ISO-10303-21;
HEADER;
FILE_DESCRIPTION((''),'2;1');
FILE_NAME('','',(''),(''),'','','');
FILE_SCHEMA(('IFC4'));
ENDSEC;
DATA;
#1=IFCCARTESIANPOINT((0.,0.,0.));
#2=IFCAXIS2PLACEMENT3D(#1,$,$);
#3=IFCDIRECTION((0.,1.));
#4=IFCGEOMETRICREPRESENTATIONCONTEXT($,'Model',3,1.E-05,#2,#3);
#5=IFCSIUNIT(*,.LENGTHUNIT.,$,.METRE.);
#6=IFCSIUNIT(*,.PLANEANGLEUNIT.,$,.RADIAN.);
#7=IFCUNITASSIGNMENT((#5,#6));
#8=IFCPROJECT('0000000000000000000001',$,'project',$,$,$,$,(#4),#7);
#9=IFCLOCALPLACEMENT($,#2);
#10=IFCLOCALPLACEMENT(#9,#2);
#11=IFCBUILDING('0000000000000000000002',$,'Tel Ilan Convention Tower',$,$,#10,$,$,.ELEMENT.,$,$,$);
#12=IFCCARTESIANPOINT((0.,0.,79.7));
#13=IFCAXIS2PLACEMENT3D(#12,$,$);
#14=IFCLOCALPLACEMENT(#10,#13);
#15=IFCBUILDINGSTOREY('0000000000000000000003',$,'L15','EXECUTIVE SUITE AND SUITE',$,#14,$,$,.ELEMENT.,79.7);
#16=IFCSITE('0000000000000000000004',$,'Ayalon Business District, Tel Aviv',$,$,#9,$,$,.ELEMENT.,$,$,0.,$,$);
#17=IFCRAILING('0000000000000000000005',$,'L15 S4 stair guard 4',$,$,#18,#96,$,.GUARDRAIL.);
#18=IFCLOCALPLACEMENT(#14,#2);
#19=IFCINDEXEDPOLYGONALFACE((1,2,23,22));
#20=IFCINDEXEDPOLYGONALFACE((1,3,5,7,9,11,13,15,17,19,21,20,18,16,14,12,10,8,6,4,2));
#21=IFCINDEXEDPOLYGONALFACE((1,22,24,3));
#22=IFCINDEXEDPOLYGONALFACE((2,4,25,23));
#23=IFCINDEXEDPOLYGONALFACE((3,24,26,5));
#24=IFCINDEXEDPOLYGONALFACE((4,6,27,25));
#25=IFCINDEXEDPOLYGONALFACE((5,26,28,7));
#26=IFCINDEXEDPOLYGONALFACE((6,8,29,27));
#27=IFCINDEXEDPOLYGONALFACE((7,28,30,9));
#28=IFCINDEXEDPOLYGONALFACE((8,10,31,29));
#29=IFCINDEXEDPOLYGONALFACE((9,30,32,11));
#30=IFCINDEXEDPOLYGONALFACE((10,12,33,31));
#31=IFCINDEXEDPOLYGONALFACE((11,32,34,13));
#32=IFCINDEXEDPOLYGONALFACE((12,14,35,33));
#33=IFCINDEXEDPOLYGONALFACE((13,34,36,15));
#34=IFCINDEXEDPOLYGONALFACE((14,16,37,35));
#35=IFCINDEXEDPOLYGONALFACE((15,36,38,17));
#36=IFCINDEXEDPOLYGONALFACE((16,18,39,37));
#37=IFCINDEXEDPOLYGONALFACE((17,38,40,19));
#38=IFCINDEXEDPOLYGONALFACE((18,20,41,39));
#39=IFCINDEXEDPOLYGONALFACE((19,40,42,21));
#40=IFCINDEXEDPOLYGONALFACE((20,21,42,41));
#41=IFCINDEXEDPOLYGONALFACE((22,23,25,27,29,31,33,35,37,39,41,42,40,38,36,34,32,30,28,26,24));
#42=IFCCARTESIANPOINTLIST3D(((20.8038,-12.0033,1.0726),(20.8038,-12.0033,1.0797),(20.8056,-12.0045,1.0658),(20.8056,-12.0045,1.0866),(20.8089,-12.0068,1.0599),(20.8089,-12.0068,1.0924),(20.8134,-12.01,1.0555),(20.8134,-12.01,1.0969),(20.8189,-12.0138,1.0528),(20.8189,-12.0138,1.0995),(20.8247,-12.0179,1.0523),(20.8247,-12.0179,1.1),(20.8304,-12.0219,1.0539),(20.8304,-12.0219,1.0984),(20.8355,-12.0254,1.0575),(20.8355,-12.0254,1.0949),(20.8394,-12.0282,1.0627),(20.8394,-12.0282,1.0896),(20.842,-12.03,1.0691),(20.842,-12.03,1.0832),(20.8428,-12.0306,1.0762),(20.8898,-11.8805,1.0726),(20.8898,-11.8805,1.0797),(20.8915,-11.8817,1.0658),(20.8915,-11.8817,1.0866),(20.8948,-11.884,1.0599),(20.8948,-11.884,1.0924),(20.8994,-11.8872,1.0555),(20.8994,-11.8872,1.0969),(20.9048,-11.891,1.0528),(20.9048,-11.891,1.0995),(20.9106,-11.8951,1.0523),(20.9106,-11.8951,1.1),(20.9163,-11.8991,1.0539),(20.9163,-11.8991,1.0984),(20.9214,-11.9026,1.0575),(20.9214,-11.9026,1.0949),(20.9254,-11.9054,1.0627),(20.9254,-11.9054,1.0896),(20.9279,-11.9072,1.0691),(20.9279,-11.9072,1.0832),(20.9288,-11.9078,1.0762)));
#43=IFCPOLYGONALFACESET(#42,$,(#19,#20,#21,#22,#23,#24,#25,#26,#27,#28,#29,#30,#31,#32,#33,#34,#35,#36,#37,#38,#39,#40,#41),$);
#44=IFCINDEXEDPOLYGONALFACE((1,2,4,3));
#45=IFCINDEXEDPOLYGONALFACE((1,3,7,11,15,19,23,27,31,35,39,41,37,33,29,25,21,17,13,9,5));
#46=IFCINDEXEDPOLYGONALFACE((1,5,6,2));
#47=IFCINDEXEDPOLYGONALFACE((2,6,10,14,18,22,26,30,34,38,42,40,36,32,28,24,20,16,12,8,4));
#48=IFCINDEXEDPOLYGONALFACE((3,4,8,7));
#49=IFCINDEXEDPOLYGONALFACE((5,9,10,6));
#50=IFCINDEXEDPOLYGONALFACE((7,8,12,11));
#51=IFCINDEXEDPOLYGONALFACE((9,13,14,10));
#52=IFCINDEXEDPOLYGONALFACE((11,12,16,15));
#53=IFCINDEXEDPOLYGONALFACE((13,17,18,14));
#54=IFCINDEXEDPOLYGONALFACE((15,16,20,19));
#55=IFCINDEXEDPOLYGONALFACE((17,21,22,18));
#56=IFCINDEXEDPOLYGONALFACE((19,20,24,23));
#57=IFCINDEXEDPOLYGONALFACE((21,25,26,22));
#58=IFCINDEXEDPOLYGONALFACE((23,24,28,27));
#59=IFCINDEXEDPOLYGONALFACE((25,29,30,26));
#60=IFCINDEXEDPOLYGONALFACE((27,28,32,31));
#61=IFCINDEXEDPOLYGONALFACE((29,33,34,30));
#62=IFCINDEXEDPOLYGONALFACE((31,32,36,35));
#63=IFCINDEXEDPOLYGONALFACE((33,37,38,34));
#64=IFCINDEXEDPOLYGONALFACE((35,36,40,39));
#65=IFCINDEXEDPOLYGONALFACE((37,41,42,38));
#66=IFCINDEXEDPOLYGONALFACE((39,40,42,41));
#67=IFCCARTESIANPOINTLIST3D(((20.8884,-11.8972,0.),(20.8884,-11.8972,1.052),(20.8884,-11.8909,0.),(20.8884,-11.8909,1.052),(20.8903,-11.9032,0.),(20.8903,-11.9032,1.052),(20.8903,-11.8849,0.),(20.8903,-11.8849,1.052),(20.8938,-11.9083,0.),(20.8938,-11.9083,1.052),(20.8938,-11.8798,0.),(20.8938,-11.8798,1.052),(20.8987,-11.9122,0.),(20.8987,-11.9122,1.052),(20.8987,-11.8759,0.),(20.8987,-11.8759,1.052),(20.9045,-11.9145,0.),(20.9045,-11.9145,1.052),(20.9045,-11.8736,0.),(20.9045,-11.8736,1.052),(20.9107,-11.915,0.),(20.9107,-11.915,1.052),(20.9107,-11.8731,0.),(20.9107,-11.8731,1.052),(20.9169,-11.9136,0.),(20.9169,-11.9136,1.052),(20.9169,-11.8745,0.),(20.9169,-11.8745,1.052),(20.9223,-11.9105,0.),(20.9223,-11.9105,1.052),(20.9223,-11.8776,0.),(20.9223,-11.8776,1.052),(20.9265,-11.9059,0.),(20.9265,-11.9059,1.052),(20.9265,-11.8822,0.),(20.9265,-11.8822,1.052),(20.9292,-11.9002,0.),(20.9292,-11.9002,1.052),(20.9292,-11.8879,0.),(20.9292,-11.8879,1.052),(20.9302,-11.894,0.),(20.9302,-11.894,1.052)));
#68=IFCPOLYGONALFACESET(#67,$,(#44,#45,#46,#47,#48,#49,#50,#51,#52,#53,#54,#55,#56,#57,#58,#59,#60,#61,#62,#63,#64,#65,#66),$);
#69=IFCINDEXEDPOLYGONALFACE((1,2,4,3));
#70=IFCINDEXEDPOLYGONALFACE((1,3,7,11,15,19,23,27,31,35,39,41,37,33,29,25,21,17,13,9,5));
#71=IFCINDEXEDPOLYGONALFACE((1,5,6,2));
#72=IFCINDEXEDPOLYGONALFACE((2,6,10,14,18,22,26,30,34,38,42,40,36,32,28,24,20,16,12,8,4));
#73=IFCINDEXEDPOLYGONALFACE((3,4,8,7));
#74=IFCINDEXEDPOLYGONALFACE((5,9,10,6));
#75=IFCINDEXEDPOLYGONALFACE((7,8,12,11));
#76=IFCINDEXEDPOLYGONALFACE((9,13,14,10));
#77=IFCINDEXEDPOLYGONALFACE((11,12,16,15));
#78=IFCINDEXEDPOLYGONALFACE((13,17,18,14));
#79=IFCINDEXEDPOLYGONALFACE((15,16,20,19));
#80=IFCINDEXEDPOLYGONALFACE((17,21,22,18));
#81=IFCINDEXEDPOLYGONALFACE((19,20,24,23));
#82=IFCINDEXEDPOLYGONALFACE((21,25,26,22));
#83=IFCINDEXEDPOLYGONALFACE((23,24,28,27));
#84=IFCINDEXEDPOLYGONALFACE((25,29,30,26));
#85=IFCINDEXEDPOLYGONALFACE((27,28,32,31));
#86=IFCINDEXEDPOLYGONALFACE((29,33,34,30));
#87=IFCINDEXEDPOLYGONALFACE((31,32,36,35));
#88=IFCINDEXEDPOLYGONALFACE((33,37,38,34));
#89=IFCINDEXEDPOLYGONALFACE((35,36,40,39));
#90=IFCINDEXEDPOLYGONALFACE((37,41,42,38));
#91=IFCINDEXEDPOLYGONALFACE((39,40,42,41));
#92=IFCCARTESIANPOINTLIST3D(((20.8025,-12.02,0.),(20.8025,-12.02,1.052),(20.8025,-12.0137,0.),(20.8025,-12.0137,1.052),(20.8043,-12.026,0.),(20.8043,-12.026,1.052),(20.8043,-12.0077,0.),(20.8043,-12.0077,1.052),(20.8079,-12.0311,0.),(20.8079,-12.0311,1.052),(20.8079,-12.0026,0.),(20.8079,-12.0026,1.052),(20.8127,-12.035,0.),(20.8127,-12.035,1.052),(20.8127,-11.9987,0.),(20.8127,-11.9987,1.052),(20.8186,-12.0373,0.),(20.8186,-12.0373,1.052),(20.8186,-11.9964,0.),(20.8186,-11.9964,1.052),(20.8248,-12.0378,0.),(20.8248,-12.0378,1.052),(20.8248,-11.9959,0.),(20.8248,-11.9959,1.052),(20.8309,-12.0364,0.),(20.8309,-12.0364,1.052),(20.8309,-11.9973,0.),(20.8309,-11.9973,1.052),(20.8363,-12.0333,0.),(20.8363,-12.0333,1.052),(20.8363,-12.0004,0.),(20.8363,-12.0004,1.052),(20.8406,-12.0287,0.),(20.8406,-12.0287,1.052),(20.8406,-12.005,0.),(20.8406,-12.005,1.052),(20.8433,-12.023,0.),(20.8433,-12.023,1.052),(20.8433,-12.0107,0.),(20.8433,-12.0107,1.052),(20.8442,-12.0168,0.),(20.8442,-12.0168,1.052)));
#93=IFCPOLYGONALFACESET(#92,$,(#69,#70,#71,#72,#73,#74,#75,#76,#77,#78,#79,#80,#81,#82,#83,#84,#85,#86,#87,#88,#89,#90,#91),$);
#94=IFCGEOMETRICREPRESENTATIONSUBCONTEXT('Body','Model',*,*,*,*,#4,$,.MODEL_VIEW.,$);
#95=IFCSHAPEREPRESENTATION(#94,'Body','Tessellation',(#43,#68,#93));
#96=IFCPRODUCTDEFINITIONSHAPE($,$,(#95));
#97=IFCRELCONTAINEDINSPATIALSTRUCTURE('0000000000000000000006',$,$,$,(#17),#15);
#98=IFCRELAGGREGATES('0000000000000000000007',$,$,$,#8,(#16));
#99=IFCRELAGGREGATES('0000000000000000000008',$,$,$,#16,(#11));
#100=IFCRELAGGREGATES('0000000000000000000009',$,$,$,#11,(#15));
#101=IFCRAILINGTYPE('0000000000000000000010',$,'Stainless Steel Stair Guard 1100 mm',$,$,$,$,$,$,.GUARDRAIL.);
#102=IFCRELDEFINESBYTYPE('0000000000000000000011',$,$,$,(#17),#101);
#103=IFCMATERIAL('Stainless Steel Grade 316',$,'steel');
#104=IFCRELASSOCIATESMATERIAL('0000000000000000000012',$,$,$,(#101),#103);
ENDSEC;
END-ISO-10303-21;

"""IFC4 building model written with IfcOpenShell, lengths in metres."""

from ifc_helpers import new_model, si_unit, direction, frame, origin, origin_2d, place, context, subcontext, project, spatial, circle, extrude, material, type_object, element, save


model = new_model("IFC4")

# Units and contexts
model_context = context("Model", 3, precision=1e-05, world=origin(), true_north=direction((0.0, 1.0)))
body_context = subcontext(model_context, "Body", "Model", "MODEL_VIEW")
ifc_project = project(units=[si_unit("LENGTHUNIT", "METRE"), si_unit("PLANEANGLEUNIT", "RADIAN")], contexts=[model_context])

# Site, building, storey
site_placement = place(None, origin())
site = spatial("IfcSite", under=ifc_project, at=site_placement, Name="Ayalon Business District, Tel Aviv", CompositionType="ELEMENT", RefElevation=0.0)
building_placement = place(site_placement, origin())
building = spatial("IfcBuilding", under=site, at=building_placement, Name="Tel Ilan Convention Tower", CompositionType="ELEMENT")
storey_placement = place(building_placement, frame((0.0, 0.0, 79.7)))
storey = spatial("IfcBuildingStorey", under=building, at=storey_placement, Name="L15", Description="EXECUTIVE SUITE AND SUITE", CompositionType="ELEMENT", Elevation=79.7)

# Railing
ifc_material_1 = material(Name="Stainless Steel Grade 316", Category="steel")
railing_type_1 = type_object("IfcRailingType", Name="Stainless Steel Stair Guard 1100 mm", PredefinedType="GUARDRAIL", material=ifc_material_1)
railing_1_placement = place(storey_placement, frame((20.9092, -11.894, 0.0)))
element("IfcRailing", 1, at=railing_1_placement, inside=storey, type_object=railing_type_1, Name="L15 S4 stair guard 4", PredefinedType="GUARDRAIL", context=body_context, shape_type="SweptSolid", body=[
    extrude(circle(Radius=0.0239, at=origin_2d()), frame((0.0, 0.0, 1.0762), z_axis=(-0.573353, -0.819308, 0.0), x_axis=(0.819308, -0.573353, 0.0)), (0.0, 0.0, 1.0), 0.1499),
    extrude(circle(Radius=0.021, at=origin_2d()), origin(), (0.0, 0.0, 1.0), 1.052),
    extrude(circle(Radius=0.021, at=origin_2d()), frame((-0.0859, -0.1228, 0.0)), (0.0, 0.0, 1.0), 1.052),
])

save(model, "model.ifc")
